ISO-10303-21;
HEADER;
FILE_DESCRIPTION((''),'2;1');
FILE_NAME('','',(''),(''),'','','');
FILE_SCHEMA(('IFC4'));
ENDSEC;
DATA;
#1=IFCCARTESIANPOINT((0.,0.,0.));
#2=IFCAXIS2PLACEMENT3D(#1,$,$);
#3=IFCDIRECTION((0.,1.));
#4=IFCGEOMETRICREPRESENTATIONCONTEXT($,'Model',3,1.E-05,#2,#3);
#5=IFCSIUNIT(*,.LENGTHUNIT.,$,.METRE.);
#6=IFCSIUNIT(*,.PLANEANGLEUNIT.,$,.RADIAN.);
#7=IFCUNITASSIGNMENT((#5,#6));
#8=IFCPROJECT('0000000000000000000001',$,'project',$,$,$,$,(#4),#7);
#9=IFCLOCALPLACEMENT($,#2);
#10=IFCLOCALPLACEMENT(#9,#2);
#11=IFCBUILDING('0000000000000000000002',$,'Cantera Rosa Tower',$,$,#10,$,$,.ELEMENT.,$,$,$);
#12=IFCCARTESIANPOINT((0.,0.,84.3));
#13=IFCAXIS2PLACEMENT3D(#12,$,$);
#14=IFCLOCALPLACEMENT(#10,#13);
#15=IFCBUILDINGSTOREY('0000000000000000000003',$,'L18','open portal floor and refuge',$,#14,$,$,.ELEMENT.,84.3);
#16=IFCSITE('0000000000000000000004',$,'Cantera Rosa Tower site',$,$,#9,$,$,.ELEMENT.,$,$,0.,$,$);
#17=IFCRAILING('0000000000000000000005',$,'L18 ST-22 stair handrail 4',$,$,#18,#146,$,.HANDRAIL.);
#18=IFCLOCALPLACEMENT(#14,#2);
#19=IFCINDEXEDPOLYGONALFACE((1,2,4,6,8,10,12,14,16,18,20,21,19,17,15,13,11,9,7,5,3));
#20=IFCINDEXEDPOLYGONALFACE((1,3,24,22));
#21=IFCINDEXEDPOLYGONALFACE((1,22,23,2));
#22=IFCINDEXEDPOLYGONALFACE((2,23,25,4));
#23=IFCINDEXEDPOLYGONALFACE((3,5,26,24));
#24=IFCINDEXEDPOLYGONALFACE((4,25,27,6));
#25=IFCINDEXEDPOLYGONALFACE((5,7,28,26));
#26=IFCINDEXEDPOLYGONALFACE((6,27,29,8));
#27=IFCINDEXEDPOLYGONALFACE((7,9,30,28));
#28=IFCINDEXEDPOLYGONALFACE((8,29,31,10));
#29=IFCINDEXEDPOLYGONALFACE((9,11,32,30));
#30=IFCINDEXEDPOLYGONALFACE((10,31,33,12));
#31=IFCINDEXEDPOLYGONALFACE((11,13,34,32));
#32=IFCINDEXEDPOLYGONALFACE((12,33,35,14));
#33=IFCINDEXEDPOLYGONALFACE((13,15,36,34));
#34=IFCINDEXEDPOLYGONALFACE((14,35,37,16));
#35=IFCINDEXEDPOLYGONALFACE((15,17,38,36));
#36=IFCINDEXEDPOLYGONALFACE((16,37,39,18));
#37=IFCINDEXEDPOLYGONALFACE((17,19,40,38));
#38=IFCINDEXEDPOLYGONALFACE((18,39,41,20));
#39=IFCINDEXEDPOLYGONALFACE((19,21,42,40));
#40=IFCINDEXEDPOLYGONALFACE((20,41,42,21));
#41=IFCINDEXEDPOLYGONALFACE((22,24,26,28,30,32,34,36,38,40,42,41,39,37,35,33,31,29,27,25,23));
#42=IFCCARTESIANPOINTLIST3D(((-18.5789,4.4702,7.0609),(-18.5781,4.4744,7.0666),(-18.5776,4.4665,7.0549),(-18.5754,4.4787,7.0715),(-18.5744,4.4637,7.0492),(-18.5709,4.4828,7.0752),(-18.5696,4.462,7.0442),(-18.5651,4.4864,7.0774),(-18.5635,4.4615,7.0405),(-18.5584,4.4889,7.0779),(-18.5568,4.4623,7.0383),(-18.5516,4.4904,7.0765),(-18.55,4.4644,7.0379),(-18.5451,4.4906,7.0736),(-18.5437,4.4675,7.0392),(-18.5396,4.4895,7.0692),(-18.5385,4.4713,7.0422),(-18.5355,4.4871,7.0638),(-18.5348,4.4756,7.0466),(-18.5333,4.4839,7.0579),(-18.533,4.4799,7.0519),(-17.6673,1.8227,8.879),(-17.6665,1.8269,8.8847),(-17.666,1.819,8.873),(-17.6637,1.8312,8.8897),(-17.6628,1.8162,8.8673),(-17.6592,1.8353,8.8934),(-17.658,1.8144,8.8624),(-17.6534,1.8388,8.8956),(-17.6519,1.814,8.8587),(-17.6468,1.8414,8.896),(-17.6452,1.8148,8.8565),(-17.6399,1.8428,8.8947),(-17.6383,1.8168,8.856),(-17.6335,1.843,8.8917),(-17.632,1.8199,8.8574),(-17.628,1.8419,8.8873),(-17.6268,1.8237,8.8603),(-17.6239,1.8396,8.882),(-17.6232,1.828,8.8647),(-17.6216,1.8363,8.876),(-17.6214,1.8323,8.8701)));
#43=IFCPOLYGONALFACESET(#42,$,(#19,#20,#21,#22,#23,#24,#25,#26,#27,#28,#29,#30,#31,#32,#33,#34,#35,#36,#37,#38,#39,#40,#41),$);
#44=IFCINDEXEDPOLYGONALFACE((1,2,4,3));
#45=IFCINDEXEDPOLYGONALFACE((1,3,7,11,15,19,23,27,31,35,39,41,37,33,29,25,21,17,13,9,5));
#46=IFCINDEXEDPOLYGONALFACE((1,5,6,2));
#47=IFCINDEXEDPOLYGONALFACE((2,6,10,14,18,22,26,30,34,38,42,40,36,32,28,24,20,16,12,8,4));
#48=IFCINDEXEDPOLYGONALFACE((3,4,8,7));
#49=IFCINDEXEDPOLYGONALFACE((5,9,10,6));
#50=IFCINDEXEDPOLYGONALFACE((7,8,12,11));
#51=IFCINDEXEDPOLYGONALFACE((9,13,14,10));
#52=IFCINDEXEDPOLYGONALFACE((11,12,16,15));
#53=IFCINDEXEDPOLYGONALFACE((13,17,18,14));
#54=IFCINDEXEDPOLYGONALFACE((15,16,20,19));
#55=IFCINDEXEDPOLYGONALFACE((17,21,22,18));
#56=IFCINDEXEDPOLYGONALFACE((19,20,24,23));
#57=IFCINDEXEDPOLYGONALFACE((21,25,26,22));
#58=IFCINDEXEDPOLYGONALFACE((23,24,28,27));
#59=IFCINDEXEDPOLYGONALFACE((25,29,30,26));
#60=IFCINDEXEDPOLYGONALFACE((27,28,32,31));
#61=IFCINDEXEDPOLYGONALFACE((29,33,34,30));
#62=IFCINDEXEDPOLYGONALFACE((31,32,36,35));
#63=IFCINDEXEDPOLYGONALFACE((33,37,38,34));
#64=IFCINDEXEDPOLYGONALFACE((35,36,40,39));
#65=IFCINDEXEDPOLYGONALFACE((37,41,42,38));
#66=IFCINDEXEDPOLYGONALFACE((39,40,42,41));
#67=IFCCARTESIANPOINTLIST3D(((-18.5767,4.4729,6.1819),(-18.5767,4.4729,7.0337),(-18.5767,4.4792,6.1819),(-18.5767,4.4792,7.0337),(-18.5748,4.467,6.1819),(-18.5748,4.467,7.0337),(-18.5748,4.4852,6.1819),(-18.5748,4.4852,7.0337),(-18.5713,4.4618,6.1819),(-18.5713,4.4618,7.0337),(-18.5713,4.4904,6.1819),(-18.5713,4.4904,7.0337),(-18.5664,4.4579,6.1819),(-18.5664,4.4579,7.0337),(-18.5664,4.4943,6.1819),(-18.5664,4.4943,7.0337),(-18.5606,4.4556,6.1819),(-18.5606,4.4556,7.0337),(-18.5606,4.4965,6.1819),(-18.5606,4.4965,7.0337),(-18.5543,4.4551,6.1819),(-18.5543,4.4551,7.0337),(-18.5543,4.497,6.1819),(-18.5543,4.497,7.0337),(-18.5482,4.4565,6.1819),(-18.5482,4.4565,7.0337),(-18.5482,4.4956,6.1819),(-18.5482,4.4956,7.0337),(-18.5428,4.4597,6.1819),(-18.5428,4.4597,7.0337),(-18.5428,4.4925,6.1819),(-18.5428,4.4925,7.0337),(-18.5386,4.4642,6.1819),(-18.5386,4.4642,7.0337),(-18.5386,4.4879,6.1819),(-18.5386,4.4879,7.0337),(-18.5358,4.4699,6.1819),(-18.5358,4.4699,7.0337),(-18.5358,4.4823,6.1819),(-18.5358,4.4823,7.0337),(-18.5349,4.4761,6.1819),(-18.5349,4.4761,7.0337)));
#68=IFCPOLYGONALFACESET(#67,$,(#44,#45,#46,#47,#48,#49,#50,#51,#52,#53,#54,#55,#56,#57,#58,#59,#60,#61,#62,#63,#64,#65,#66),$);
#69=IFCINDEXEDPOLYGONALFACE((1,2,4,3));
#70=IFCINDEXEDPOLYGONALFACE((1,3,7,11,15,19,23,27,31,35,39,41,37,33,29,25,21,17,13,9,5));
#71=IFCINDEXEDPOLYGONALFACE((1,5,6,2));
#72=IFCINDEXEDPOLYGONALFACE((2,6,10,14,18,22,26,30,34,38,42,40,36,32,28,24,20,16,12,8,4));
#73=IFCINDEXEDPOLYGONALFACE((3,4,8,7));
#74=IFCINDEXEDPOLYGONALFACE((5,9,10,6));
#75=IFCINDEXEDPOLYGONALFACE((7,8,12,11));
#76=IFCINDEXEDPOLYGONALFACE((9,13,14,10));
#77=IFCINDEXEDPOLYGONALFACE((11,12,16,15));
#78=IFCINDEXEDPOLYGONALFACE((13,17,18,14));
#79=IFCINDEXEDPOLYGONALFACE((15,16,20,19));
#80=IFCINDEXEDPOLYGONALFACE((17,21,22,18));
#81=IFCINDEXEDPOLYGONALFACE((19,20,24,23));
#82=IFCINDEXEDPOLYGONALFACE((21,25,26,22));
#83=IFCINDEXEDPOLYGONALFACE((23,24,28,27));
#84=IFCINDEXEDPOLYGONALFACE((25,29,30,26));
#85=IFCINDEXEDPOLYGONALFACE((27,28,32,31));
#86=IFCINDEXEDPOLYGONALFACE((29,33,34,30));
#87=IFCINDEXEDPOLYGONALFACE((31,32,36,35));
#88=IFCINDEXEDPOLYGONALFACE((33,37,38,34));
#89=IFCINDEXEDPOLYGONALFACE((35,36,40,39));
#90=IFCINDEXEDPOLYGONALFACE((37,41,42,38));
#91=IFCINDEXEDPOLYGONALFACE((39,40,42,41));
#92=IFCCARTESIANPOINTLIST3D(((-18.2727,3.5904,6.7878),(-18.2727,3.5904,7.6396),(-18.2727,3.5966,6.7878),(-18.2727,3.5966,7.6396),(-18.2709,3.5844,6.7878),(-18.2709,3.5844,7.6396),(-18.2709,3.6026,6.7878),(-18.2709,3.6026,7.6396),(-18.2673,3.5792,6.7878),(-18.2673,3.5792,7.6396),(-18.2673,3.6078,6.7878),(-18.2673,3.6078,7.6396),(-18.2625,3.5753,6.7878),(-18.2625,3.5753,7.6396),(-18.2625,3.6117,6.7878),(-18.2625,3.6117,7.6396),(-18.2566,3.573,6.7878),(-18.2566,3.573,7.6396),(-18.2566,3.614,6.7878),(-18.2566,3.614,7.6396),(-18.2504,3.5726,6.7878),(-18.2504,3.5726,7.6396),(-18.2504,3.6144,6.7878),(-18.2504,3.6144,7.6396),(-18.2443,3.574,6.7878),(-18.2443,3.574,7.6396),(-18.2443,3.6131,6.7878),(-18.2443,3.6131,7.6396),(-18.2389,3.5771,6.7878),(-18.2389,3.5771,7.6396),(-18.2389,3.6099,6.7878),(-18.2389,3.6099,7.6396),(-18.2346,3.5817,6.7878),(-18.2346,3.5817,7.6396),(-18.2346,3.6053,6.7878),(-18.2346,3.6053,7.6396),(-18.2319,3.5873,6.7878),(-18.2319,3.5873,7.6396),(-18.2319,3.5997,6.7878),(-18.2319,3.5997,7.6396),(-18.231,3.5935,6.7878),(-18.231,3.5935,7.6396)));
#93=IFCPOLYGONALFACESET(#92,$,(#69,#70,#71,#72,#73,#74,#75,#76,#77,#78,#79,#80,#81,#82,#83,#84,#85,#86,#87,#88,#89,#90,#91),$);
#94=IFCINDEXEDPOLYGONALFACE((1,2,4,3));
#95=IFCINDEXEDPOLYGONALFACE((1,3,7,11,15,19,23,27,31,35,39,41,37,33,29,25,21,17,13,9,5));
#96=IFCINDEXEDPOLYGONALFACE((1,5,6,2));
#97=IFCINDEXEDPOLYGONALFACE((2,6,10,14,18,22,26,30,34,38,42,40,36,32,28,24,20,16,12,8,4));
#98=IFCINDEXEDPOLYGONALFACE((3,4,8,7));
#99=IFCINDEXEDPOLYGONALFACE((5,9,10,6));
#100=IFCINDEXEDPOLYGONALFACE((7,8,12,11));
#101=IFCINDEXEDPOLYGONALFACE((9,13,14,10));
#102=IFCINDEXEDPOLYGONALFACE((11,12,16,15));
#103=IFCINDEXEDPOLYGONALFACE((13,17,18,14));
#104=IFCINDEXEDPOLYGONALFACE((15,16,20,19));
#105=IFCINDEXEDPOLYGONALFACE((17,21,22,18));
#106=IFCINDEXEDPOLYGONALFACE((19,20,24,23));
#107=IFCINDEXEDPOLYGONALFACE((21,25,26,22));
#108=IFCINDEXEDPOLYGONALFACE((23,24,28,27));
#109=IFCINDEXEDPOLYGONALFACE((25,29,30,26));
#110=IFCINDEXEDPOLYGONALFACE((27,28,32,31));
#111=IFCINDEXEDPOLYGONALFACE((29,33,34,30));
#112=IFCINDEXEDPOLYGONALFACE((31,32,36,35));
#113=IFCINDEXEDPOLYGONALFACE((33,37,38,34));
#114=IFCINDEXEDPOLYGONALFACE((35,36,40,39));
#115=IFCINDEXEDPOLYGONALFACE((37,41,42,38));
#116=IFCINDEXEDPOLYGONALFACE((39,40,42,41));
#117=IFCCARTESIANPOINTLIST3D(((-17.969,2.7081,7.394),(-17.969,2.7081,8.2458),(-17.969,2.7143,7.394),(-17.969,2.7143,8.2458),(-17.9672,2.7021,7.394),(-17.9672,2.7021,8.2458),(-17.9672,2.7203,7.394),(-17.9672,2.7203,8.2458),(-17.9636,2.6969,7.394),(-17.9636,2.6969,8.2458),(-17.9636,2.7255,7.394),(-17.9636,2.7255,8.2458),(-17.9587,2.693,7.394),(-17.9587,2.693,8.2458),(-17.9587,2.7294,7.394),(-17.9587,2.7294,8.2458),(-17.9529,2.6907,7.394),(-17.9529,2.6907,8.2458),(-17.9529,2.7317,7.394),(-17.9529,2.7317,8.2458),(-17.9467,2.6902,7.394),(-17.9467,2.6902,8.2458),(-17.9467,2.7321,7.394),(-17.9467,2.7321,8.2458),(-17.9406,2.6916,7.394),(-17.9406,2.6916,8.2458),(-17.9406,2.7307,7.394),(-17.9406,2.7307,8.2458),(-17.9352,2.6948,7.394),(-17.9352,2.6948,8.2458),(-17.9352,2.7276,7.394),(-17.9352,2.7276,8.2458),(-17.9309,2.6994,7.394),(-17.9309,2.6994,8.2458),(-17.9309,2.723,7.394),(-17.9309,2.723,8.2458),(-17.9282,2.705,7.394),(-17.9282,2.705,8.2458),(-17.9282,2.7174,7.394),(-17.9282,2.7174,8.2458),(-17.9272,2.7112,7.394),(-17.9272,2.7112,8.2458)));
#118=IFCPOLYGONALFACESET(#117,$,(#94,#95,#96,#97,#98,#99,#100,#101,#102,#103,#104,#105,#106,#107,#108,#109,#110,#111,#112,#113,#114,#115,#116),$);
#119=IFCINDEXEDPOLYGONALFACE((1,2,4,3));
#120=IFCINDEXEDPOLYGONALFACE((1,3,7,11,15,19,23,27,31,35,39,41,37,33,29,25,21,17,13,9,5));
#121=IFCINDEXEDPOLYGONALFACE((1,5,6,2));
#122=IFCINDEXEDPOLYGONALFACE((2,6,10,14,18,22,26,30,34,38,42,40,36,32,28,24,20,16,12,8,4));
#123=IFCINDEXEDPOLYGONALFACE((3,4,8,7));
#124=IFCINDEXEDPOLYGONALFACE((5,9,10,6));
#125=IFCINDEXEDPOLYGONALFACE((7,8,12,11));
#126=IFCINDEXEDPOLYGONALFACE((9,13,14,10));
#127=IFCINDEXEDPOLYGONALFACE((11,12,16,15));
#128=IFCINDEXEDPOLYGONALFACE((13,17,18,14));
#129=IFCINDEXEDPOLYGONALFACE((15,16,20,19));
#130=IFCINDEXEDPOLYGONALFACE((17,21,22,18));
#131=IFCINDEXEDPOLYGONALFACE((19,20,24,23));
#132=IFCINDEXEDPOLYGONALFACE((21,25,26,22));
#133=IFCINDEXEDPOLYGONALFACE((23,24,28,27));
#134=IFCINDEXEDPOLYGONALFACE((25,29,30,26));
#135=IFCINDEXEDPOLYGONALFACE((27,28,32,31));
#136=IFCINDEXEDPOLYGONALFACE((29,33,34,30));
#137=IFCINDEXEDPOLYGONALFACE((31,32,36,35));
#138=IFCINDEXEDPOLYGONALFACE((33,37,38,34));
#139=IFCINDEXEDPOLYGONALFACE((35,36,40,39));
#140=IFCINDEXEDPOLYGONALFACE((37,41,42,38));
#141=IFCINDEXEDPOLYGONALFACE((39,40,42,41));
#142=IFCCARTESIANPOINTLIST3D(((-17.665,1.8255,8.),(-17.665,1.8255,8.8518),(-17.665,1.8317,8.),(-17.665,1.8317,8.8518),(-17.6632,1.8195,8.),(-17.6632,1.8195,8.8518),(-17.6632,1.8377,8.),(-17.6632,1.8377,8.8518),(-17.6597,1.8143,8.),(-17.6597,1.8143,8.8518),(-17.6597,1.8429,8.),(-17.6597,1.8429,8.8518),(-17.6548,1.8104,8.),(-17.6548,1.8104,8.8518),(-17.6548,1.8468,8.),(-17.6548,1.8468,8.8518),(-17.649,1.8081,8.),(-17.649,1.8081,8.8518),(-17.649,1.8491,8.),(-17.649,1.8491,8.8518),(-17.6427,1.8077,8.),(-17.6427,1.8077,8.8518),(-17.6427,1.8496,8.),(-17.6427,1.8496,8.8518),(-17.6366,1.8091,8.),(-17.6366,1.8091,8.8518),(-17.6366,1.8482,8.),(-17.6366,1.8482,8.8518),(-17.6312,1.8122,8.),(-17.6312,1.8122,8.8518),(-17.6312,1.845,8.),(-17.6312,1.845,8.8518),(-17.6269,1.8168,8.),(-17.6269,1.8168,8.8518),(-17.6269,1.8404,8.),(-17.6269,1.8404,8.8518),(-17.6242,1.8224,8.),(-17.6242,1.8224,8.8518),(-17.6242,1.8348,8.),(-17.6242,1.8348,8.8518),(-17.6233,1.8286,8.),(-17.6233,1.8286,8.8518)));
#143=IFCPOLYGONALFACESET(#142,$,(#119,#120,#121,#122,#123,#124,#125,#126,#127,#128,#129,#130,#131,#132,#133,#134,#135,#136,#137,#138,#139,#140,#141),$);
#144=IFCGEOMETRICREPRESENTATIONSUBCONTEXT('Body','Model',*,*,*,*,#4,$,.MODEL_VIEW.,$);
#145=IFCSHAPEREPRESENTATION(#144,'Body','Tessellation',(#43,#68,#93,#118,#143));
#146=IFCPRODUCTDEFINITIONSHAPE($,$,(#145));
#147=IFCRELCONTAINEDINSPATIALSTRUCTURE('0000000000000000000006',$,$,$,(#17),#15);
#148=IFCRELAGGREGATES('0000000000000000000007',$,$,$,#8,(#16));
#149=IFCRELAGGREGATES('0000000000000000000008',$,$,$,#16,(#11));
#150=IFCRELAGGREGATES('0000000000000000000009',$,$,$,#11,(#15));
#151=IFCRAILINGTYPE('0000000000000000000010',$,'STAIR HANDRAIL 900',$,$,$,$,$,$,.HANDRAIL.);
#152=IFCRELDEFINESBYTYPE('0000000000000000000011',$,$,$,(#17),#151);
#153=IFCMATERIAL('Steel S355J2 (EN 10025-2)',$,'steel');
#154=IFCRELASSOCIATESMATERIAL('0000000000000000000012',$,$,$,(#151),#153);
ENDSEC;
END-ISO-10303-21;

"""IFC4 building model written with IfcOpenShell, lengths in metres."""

from ifc_helpers import new_model, si_unit, direction, frame, origin, origin_2d, place, context, subcontext, project, spatial, circle, extrude, material, type_object, element, save


model = new_model("IFC4")

# Units and contexts
model_context = context("Model", 3, precision=1e-05, world=origin(), true_north=direction((0.0, 1.0)))
body_context = subcontext(model_context, "Body", "Model", "MODEL_VIEW")
ifc_project = project(units=[si_unit("LENGTHUNIT", "METRE"), si_unit("PLANEANGLEUNIT", "RADIAN")], contexts=[model_context])

# Site, building, storey
site_placement = place(None, origin())
site = spatial("IfcSite", under=ifc_project, at=site_placement, Name="Cantera Rosa Tower site", CompositionType="ELEMENT", RefElevation=0.0)
building_placement = place(site_placement, origin())
building = spatial("IfcBuilding", under=site, at=building_placement, Name="Cantera Rosa Tower", CompositionType="ELEMENT")
storey_placement = place(building_placement, frame((0.0, 0.0, 84.3)))
storey = spatial("IfcBuildingStorey", under=building, at=storey_placement, Name="L18", Description="open portal floor and refuge", CompositionType="ELEMENT", Elevation=84.3)

# Railing
ifc_material_1 = material(Name="Steel S355J2 (EN 10025-2)", Category="steel")
railing_type_1 = type_object("IfcRailingType", Name="STAIR HANDRAIL 900", PredefinedType="HANDRAIL", material=ifc_material_1)
for number, where, name in (
    (1, (-18.5559, 4.4761, 6.1819), "L18 ST-22 stair handrail 4"),
):
    element("IfcRailing", number, at=place(storey_placement, frame(where)), inside=storey, type_object=railing_type_1, Name=name, PredefinedType="HANDRAIL", context=body_context, shape_type="SweptSolid", body=[
        extrude(circle(Radius=0.0239, at=origin_2d()), frame((0.0, 0.0, 0.876), z_axis=(0.273062, -0.793007, 0.544589), x_axis=(0.945516, 0.325577, 0.0)), (0.0, 0.0, 1.0), 3.3386),
        extrude(circle(Radius=0.021, at=origin_2d()), origin(), (0.0, 0.0, 1.0), 0.8518),
        extrude(circle(Radius=0.021, at=origin_2d()), frame((0.304, -0.8826, 0.606)), (0.0, 0.0, 1.0), 0.8518),
        extrude(circle(Radius=0.021, at=origin_2d()), frame((0.6077, -1.7649, 1.2122)), (0.0, 0.0, 1.0), 0.8518),
        extrude(circle(Radius=0.021, at=origin_2d()), frame((0.9116, -2.6475, 1.8181)), (0.0, 0.0, 1.0), 0.8518),
    ])

save(model, "model.ifc")
